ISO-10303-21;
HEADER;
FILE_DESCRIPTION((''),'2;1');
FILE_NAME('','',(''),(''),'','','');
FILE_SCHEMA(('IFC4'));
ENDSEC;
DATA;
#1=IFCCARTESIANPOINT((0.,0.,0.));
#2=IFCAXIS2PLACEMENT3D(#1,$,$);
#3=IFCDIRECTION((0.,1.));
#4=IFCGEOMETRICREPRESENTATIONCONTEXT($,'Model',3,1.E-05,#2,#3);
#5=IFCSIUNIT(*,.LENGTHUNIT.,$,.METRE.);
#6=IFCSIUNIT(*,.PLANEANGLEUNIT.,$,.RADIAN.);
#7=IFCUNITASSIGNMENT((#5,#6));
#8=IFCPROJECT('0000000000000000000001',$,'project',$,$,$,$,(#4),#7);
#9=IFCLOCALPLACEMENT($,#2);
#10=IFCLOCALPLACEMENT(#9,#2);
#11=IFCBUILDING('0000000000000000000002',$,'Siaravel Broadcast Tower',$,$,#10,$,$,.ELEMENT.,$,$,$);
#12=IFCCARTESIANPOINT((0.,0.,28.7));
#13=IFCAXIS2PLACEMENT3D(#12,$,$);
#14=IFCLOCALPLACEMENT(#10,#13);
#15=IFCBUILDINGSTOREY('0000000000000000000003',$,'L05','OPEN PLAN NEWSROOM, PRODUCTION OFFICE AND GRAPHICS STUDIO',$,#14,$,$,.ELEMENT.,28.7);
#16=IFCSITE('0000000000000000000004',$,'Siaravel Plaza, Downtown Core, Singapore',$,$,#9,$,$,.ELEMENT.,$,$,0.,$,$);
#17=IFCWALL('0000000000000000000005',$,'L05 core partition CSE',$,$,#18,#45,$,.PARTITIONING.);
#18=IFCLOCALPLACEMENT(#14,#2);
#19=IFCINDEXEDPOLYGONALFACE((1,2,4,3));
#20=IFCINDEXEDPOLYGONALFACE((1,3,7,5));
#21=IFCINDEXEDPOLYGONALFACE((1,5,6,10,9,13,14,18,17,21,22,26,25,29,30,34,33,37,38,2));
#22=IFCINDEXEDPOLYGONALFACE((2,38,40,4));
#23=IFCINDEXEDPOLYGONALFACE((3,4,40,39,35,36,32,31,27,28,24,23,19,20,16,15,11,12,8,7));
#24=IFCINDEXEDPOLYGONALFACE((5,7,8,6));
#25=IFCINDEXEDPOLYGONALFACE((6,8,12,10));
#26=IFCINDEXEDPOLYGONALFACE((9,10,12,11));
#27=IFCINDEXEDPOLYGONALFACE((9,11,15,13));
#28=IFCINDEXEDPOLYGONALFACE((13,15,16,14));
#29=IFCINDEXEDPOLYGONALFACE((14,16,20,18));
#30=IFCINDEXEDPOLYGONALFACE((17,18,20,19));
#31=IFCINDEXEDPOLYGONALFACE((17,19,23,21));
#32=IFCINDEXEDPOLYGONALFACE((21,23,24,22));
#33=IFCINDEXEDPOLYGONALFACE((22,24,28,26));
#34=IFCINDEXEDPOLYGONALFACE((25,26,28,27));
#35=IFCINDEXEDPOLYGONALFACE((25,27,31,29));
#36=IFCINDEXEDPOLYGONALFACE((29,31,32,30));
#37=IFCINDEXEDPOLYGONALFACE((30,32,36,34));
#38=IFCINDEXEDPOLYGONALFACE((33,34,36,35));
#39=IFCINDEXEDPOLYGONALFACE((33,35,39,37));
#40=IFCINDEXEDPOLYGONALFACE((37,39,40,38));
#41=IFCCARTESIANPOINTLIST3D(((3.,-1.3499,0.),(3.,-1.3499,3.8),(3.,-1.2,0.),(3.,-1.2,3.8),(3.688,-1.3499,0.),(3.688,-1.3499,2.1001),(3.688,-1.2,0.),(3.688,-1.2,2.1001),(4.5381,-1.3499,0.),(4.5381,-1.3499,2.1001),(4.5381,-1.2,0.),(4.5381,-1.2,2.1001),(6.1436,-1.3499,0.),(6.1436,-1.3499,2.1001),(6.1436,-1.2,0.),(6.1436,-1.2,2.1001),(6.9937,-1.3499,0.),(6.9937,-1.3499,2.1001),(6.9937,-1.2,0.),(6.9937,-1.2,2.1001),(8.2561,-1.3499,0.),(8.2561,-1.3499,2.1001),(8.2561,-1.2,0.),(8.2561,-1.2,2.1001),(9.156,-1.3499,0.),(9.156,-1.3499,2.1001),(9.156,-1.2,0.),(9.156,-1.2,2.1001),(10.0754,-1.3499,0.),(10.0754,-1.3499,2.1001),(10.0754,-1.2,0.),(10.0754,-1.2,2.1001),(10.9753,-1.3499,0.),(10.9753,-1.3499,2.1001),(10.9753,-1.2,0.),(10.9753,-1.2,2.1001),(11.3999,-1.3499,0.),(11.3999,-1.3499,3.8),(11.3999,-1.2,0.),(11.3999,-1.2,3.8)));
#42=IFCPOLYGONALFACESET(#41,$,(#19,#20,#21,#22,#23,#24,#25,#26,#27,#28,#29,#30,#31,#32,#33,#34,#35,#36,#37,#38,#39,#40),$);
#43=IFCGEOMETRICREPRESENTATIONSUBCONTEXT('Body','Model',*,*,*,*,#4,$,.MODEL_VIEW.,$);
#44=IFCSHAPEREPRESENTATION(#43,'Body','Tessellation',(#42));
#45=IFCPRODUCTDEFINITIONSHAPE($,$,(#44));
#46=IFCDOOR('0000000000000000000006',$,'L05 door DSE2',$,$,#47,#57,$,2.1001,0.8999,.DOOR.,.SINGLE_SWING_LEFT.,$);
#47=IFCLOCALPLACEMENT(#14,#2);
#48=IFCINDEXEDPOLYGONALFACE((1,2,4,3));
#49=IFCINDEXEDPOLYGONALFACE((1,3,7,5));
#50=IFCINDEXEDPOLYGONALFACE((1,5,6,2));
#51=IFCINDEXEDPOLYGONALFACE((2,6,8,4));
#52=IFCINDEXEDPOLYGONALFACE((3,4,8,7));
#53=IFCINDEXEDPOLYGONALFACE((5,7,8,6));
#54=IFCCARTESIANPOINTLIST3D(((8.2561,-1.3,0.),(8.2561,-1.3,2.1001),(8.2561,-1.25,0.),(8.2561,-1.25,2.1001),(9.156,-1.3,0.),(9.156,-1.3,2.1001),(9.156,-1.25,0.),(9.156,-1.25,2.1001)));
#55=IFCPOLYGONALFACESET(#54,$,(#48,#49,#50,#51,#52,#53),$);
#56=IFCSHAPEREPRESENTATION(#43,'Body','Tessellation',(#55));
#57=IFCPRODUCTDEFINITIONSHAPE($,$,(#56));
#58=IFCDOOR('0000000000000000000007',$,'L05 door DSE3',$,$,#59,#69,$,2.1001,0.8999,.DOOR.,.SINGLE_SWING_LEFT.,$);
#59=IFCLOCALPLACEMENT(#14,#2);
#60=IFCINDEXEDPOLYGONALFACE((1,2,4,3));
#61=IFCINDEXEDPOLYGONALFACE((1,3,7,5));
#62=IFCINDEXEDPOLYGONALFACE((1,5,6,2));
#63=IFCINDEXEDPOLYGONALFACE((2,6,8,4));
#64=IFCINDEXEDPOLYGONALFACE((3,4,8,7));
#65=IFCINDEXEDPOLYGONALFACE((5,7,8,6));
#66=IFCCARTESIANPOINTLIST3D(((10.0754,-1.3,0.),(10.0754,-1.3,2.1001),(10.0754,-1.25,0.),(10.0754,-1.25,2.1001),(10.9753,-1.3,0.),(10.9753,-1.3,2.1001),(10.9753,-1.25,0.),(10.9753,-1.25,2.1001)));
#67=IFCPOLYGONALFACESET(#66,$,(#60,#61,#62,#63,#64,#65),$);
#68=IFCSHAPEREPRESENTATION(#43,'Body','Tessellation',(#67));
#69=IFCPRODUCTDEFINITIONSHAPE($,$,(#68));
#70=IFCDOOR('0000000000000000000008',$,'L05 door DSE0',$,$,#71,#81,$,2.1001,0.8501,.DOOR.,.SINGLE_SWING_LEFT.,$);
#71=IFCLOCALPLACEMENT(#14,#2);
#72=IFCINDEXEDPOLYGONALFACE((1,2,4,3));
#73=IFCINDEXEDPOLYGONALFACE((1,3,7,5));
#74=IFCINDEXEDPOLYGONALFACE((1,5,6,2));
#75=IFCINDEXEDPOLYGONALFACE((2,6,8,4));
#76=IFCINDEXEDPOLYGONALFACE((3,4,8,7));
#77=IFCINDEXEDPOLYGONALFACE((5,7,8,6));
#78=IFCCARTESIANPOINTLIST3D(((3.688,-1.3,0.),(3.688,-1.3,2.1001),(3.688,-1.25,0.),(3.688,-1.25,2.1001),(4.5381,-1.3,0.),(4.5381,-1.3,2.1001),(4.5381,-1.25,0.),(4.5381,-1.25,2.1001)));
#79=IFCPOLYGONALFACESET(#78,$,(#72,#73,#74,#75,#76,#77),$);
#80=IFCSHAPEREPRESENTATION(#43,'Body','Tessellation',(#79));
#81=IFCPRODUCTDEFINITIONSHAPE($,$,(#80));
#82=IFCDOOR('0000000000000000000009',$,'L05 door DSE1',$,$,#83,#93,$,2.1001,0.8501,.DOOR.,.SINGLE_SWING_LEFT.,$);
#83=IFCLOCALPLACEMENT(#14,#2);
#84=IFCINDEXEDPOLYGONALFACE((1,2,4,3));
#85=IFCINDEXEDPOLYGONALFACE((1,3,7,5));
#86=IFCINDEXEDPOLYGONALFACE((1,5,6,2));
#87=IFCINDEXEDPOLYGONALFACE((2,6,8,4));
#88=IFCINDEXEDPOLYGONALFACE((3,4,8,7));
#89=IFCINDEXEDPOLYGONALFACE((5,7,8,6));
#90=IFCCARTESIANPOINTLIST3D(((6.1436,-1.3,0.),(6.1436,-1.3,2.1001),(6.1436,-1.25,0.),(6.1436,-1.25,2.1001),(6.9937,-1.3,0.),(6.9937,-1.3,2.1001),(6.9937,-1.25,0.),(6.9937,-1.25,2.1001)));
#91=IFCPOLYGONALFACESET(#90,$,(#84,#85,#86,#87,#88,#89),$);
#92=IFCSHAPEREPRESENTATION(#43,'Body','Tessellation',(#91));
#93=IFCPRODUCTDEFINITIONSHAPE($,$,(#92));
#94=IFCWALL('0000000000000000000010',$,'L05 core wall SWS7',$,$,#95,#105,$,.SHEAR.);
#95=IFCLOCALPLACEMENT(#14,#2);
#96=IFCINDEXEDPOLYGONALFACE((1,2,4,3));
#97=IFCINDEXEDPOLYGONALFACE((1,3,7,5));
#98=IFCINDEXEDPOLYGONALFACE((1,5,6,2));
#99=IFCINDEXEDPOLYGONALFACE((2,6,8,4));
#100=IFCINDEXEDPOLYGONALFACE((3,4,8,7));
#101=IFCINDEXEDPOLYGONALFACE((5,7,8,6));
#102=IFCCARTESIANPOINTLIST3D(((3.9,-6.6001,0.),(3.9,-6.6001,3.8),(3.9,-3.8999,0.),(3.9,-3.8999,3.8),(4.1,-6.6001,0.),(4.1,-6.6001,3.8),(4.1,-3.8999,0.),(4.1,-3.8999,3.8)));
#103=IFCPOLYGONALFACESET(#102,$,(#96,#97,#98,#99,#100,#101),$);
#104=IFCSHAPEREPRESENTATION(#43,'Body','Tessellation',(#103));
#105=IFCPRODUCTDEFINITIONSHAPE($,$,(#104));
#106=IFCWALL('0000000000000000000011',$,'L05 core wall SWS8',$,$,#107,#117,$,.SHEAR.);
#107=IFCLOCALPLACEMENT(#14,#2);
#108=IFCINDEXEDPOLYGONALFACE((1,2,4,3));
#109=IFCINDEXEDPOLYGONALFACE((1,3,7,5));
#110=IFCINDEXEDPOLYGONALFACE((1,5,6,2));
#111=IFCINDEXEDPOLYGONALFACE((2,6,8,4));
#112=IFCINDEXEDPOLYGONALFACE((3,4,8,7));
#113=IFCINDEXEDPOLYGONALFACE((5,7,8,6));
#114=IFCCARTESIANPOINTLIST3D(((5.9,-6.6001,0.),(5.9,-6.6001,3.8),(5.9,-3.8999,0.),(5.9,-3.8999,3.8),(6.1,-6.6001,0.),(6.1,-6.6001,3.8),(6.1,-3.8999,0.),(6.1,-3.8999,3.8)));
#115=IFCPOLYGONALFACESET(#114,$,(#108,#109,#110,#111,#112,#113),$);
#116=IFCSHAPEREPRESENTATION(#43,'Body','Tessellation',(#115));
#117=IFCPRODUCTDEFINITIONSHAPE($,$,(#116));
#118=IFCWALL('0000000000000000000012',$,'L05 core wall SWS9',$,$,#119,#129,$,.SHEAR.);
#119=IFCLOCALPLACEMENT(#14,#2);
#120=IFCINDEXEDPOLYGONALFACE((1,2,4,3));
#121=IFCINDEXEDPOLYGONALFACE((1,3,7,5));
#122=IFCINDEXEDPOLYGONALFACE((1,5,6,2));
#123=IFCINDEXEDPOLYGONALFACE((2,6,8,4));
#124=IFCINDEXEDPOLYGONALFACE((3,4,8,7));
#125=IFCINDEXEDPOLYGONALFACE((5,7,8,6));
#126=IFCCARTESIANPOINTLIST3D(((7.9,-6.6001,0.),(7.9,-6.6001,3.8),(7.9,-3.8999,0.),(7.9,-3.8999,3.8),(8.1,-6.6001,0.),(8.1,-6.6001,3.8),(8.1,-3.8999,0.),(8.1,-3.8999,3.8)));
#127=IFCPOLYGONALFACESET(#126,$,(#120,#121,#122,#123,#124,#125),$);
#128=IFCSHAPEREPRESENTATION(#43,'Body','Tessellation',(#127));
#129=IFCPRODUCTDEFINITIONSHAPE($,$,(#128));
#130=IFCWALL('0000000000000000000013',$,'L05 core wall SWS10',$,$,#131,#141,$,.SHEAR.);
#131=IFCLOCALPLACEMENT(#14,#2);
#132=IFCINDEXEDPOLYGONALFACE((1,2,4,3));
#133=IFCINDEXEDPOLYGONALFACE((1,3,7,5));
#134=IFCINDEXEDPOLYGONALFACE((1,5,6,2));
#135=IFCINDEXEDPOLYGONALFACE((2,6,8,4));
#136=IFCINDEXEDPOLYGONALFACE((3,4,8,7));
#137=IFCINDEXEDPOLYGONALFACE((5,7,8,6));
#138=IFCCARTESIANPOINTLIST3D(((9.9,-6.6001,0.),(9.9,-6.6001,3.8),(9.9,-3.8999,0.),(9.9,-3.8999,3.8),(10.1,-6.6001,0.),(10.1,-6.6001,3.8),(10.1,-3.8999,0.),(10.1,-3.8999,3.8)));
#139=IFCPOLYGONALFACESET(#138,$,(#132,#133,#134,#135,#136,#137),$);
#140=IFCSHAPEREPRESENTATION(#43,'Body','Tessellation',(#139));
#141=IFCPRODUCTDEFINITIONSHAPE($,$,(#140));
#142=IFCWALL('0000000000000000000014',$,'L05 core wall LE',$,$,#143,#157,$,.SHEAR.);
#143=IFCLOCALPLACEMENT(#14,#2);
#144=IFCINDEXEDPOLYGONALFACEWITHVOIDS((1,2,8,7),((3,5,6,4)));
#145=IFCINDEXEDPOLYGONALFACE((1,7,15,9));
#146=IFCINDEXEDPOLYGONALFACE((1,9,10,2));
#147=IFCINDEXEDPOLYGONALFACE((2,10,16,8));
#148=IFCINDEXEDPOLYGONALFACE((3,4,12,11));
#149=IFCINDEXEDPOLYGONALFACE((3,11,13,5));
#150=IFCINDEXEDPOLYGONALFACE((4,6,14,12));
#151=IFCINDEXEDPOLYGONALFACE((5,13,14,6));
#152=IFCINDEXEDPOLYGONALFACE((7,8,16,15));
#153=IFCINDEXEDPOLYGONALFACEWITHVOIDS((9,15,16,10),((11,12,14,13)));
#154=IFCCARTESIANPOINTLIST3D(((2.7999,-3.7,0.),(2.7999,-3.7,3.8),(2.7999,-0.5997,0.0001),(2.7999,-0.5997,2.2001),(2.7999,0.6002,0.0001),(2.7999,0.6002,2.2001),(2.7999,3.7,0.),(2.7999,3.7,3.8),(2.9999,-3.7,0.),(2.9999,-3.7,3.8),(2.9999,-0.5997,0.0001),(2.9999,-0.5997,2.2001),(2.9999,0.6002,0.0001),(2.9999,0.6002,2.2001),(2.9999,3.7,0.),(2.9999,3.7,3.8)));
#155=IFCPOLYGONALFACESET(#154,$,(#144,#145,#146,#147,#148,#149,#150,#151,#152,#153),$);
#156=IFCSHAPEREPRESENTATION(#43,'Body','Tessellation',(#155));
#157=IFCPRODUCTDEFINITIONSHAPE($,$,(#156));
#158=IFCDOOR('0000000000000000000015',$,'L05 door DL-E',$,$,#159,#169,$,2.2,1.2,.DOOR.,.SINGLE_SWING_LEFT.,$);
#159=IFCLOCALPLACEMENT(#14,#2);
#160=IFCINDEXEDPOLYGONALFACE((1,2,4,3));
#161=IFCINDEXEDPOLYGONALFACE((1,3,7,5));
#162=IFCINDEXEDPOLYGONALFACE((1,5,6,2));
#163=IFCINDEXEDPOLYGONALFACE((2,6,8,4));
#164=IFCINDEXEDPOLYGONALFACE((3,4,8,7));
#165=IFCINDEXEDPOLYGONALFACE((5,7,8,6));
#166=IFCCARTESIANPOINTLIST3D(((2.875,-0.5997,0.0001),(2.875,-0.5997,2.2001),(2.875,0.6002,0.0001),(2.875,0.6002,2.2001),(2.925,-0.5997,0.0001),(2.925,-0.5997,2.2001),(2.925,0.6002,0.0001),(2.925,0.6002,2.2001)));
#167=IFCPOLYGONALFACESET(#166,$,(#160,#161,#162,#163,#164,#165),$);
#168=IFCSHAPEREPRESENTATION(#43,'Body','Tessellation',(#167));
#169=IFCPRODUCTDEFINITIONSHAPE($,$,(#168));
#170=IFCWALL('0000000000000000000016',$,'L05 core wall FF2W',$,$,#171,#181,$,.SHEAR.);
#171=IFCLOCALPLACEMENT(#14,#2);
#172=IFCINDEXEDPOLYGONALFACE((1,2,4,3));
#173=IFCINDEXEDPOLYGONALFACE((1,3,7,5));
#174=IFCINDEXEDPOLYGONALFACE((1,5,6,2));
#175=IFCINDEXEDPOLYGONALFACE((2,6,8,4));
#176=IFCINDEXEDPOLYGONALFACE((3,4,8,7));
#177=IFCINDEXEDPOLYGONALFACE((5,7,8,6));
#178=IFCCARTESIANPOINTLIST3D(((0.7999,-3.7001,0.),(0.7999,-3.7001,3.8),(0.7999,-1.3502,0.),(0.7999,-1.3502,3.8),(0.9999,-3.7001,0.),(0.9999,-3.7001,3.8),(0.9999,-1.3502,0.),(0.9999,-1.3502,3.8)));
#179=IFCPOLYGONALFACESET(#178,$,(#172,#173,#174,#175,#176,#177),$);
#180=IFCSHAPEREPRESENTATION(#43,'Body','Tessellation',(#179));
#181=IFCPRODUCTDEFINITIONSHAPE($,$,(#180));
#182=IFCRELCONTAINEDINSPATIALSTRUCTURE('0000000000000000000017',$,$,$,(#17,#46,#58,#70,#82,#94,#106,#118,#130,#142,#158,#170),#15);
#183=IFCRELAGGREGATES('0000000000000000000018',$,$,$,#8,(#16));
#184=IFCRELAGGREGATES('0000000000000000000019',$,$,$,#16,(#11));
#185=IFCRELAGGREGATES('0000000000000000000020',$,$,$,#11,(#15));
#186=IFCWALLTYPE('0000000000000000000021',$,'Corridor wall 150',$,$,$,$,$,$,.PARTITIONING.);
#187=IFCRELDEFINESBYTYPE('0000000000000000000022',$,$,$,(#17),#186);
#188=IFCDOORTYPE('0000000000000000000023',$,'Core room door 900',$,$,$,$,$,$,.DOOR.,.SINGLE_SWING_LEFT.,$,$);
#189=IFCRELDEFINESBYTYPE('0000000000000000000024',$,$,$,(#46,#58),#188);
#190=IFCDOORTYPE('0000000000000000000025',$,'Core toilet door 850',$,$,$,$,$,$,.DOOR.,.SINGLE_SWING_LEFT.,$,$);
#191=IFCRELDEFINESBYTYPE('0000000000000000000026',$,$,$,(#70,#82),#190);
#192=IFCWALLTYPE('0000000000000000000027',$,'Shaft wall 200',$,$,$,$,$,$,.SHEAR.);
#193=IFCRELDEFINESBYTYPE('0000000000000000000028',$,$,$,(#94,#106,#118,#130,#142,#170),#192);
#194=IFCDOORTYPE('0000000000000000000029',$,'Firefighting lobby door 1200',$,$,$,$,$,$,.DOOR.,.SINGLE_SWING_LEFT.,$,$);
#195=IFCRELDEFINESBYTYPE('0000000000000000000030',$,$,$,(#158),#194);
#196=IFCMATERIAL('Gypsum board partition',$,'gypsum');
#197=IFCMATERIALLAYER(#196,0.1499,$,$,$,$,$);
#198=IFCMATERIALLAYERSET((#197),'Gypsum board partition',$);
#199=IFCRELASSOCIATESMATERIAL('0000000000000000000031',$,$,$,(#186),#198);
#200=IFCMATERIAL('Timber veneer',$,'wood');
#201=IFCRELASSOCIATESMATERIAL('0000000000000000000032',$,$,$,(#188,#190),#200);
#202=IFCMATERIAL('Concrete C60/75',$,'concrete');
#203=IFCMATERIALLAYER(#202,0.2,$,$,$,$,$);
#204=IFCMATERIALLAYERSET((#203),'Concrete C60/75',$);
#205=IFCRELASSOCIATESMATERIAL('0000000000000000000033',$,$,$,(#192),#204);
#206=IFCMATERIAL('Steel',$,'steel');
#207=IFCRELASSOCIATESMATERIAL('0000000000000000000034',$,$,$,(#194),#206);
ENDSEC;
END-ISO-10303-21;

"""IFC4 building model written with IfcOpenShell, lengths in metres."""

from ifc_helpers import new_model, si_unit, direction, frame, frame_2d, origin, place, context, subcontext, project, spatial, rectangle, extrude, material, layer, layer_set, type_object, element, fill, save


model = new_model("IFC4")

# Units and contexts
model_context = context("Model", 3, precision=1e-05, world=origin(), true_north=direction((0.0, 1.0)))
body_context = subcontext(model_context, "Body", "Model", "MODEL_VIEW")
ifc_project = project(units=[si_unit("LENGTHUNIT", "METRE"), si_unit("PLANEANGLEUNIT", "RADIAN")], contexts=[model_context])

# Site, building, storey
site_placement = place(None, origin())
site = spatial("IfcSite", under=ifc_project, at=site_placement, Name="Siaravel Plaza, Downtown Core, Singapore", CompositionType="ELEMENT", RefElevation=0.0)
building_placement = place(site_placement, origin())
building = spatial("IfcBuilding", under=site, at=building_placement, Name="Siaravel Broadcast Tower", CompositionType="ELEMENT")
storey_placement = place(building_placement, frame((0.0, 0.0, 28.7)))
storey = spatial("IfcBuildingStorey", under=building, at=storey_placement, Name="L05", Description="OPEN PLAN NEWSROOM, PRODUCTION OFFICE AND GRAPHICS STUDIO", CompositionType="ELEMENT", Elevation=28.7)

# Wall, openings, doors
ifc_material_1 = material(Name="Gypsum board partition", Category="gypsum")
ifc_layer_1 = layer(ifc_material_1, 0.1499)
ifc_layer_set_1 = layer_set([ifc_layer_1], Name="Gypsum board partition")
wall_type_1 = type_object("IfcWallType", Name="Corridor wall 150", PredefinedType="PARTITIONING", material=ifc_layer_set_1)
wall_1_placement = place(storey_placement, frame((3.0, -1.2749, 0.0), z_axis=(0.0, 0.0, 1.0), x_axis=(1.0, 0.0, 0.0)))
wall_1 = element("IfcWall", 1, at=wall_1_placement, inside=storey, type_object=wall_type_1, Name="L05 core partition CSE", PredefinedType="PARTITIONING", context=body_context, shape_type="SweptSolid", body=[
    extrude(rectangle(XDim=8.3999, YDim=0.1499, at=frame_2d((4.2, 0.0))), origin(), (0.0, 0.0, 1.0), 3.8),
])
opening_1_placement = place(wall_1_placement, frame((0.688, 0.0, 0.0)))
opening_1 = element("IfcOpeningElement", 2, at=opening_1_placement, cuts=wall_1, PredefinedType="OPENING", context=body_context, shape_type="SweptSolid", body=[
    extrude(rectangle(XDim=0.8501, YDim=2.1001, at=frame_2d((0.425, 1.05))), frame((0.0, 0.085, 0.0), z_axis=(0.0, -1.0, 0.0), x_axis=(1.0, 0.0, 0.0)), (0.0, 0.0, 1.0), 0.1699),
])
opening_2_placement = place(wall_1_placement, frame((3.1436, 0.0, 0.0)))
opening_2 = element("IfcOpeningElement", 3, at=opening_2_placement, cuts=wall_1, PredefinedType="OPENING", context=body_context, shape_type="SweptSolid", body=[
    extrude(rectangle(XDim=0.8501, YDim=2.1001, at=frame_2d((0.425, 1.05))), frame((0.0, 0.085, 0.0), z_axis=(0.0, -1.0, 0.0), x_axis=(1.0, 0.0, 0.0)), (0.0, 0.0, 1.0), 0.1699),
])
opening_3_placement = place(wall_1_placement, frame((5.2561, 0.0, 0.0)))
opening_3 = element("IfcOpeningElement", 4, at=opening_3_placement, cuts=wall_1, PredefinedType="OPENING", context=body_context, shape_type="SweptSolid", body=[
    extrude(rectangle(XDim=0.8999, YDim=2.1001, at=frame_2d((0.45, 1.05))), frame((0.0, 0.085, 0.0), z_axis=(0.0, -1.0, 0.0), x_axis=(1.0, 0.0, 0.0)), (0.0, 0.0, 1.0), 0.1699),
])
opening_4_placement = place(wall_1_placement, frame((7.0754, 0.0, 0.0)))
opening_4 = element("IfcOpeningElement", 5, at=opening_4_placement, cuts=wall_1, PredefinedType="OPENING", context=body_context, shape_type="SweptSolid", body=[
    extrude(rectangle(XDim=0.8999, YDim=2.1001, at=frame_2d((0.45, 1.05))), frame((0.0, 0.085, 0.0), z_axis=(0.0, -1.0, 0.0), x_axis=(1.0, 0.0, 0.0)), (0.0, 0.0, 1.0), 0.1699),
])
ifc_material_2 = material(Name="Timber veneer", Category="wood")
door_type_1 = type_object("IfcDoorType", Name="Core room door 900", OperationType="SINGLE_SWING_LEFT", PredefinedType="DOOR", material=ifc_material_2)
door_1_placement = place(opening_3_placement, origin())
door_1 = element("IfcDoor", 6, at=door_1_placement, inside=storey, type_object=door_type_1, Name="L05 door DSE2", OperationType="SINGLE_SWING_LEFT", OverallHeight=2.1001, OverallWidth=0.8999, PredefinedType="DOOR", context=body_context, shape_type="SweptSolid", body=[
    extrude(rectangle(XDim=0.8999, YDim=2.1001, at=frame_2d((0.45, 1.05))), frame((0.0, 0.0249, 0.0), z_axis=(0.0, -1.0, 0.0), x_axis=(1.0, 0.0, 0.0)), (0.0, 0.0, 1.0), 0.05),
])
fill(opening_3, door_1)
door_2_placement = place(opening_4_placement, origin())
door_2 = element("IfcDoor", 7, at=door_2_placement, inside=storey, type_object=door_type_1, Name="L05 door DSE3", OperationType="SINGLE_SWING_LEFT", OverallHeight=2.1001, OverallWidth=0.8999, PredefinedType="DOOR", context=body_context, shape_type="SweptSolid", body=[
    extrude(rectangle(XDim=0.8999, YDim=2.1001, at=frame_2d((0.45, 1.05))), frame((0.0, 0.0249, 0.0), z_axis=(0.0, -1.0, 0.0), x_axis=(1.0, 0.0, 0.0)), (0.0, 0.0, 1.0), 0.05),
])
fill(opening_4, door_2)
door_type_2 = type_object("IfcDoorType", Name="Core toilet door 850", OperationType="SINGLE_SWING_LEFT", PredefinedType="DOOR", material=ifc_material_2)
door_3_placement = place(opening_1_placement, origin())
door_3 = element("IfcDoor", 8, at=door_3_placement, inside=storey, type_object=door_type_2, Name="L05 door DSE0", OperationType="SINGLE_SWING_LEFT", OverallHeight=2.1001, OverallWidth=0.8501, PredefinedType="DOOR", context=body_context, shape_type="SweptSolid", body=[
    extrude(rectangle(XDim=0.8501, YDim=2.1001, at=frame_2d((0.425, 1.05))), frame((0.0, 0.0249, 0.0), z_axis=(0.0, -1.0, 0.0), x_axis=(1.0, 0.0, 0.0)), (0.0, 0.0, 1.0), 0.05),
])
fill(opening_1, door_3)
door_4_placement = place(opening_2_placement, origin())
door_4 = element("IfcDoor", 9, at=door_4_placement, inside=storey, type_object=door_type_2, Name="L05 door DSE1", OperationType="SINGLE_SWING_LEFT", OverallHeight=2.1001, OverallWidth=0.8501, PredefinedType="DOOR", context=body_context, shape_type="SweptSolid", body=[
    extrude(rectangle(XDim=0.8501, YDim=2.1001, at=frame_2d((0.425, 1.05))), frame((0.0, 0.0249, 0.0), z_axis=(0.0, -1.0, 0.0), x_axis=(1.0, 0.0, 0.0)), (0.0, 0.0, 1.0), 0.05),
])
fill(opening_2, door_4)

# Walls
ifc_material_3 = material(Name="Concrete C60/75", Category="concrete")
ifc_layer_2 = layer(ifc_material_3, 0.2)
ifc_layer_set_2 = layer_set([ifc_layer_2], Name="Concrete C60/75")
wall_type_2 = type_object("IfcWallType", Name="Shaft wall 200", PredefinedType="SHEAR", material=ifc_layer_set_2)
for number, where, z_axis, x_axis, name in (
    (10, (4.0, -6.6001, 0.0), (0.0, 0.0, 1.0), (0.0, 1.0, 0.0), "L05 core wall SWS7"),
    (11, (6.0, -6.6001, 0.0), (0.0, 0.0, 1.0), (0.0, 1.0, 0.0), "L05 core wall SWS8"),
    (12, (8.0, -6.6001, 0.0), (0.0, 0.0, 1.0), (0.0, 1.0, 0.0), "L05 core wall SWS9"),
    (13, (10.0, -6.6001, 0.0), (0.0, 0.0, 1.0), (0.0, 1.0, 0.0), "L05 core wall SWS10"),
):
    element("IfcWall", number, at=place(storey_placement, frame(where, z_axis=z_axis, x_axis=x_axis)), inside=storey, type_object=wall_type_2, Name=name, PredefinedType="SHEAR", context=body_context, shape_type="SweptSolid", body=[
        extrude(rectangle(XDim=2.7002, YDim=0.2, at=frame_2d((1.3501, 0.0))), origin(), (0.0, 0.0, 1.0), 3.8),
    ])

# Wall, opening, door
wall_2_placement = place(storey_placement, frame((2.8999, -3.7, 0.0), z_axis=(0.0, 0.0, 1.0), x_axis=(0.0, 1.0, 0.0)))
wall_2 = element("IfcWall", 14, at=wall_2_placement, inside=storey, type_object=wall_type_2, Name="L05 core wall LE", PredefinedType="SHEAR", context=body_context, shape_type="SweptSolid", body=[
    extrude(rectangle(XDim=7.3999, YDim=0.2, at=frame_2d((3.7, 0.0))), origin(), (0.0, 0.0, 1.0), 3.8),
])
opening_5_placement = place(wall_2_placement, frame((3.1001, 0.0, 0.0)))
opening_5 = element("IfcOpeningElement", 15, at=opening_5_placement, cuts=wall_2, PredefinedType="OPENING", context=body_context, shape_type="SweptSolid", body=[
    extrude(rectangle(XDim=1.2, YDim=2.2, at=frame_2d((0.6001, 1.1001))), frame((0.0, 0.1099, 0.0), z_axis=(0.0, -1.0, 0.0), x_axis=(1.0, 0.0, 0.0)), (0.0, 0.0, 1.0), 0.22),
])
ifc_material_4 = material(Name="Steel", Category="steel")
door_type_3 = type_object("IfcDoorType", Name="Firefighting lobby door 1200", OperationType="SINGLE_SWING_LEFT", PredefinedType="DOOR", material=ifc_material_4)
door_5_placement = place(opening_5_placement, origin())
door_5 = element("IfcDoor", 16, at=door_5_placement, inside=storey, type_object=door_type_3, Name="L05 door DL-E", OperationType="SINGLE_SWING_LEFT", OverallHeight=2.2, OverallWidth=1.2, PredefinedType="DOOR", context=body_context, shape_type="SweptSolid", body=[
    extrude(rectangle(XDim=1.2, YDim=2.2, at=frame_2d((0.6001, 1.1001))), frame((0.0, 0.0249, 0.0), z_axis=(0.0, -1.0, 0.0), x_axis=(1.0, 0.0, 0.0)), (0.0, 0.0, 1.0), 0.05),
])
fill(opening_5, door_5)

# Wall
wall_3_placement = place(storey_placement, frame((0.8999, -3.7, 0.0), z_axis=(0.0, 0.0, 1.0), x_axis=(0.0, 1.0, 0.0)))
element("IfcWall", 17, at=wall_3_placement, inside=storey, type_object=wall_type_2, Name="L05 core wall FF2W", PredefinedType="SHEAR", context=body_context, shape_type="SweptSolid", body=[
    extrude(rectangle(XDim=2.3499, YDim=0.2, at=frame_2d((1.1748, 0.0))), origin(), (0.0, 0.0, 1.0), 3.8),
])

save(model, "model.ifc")
